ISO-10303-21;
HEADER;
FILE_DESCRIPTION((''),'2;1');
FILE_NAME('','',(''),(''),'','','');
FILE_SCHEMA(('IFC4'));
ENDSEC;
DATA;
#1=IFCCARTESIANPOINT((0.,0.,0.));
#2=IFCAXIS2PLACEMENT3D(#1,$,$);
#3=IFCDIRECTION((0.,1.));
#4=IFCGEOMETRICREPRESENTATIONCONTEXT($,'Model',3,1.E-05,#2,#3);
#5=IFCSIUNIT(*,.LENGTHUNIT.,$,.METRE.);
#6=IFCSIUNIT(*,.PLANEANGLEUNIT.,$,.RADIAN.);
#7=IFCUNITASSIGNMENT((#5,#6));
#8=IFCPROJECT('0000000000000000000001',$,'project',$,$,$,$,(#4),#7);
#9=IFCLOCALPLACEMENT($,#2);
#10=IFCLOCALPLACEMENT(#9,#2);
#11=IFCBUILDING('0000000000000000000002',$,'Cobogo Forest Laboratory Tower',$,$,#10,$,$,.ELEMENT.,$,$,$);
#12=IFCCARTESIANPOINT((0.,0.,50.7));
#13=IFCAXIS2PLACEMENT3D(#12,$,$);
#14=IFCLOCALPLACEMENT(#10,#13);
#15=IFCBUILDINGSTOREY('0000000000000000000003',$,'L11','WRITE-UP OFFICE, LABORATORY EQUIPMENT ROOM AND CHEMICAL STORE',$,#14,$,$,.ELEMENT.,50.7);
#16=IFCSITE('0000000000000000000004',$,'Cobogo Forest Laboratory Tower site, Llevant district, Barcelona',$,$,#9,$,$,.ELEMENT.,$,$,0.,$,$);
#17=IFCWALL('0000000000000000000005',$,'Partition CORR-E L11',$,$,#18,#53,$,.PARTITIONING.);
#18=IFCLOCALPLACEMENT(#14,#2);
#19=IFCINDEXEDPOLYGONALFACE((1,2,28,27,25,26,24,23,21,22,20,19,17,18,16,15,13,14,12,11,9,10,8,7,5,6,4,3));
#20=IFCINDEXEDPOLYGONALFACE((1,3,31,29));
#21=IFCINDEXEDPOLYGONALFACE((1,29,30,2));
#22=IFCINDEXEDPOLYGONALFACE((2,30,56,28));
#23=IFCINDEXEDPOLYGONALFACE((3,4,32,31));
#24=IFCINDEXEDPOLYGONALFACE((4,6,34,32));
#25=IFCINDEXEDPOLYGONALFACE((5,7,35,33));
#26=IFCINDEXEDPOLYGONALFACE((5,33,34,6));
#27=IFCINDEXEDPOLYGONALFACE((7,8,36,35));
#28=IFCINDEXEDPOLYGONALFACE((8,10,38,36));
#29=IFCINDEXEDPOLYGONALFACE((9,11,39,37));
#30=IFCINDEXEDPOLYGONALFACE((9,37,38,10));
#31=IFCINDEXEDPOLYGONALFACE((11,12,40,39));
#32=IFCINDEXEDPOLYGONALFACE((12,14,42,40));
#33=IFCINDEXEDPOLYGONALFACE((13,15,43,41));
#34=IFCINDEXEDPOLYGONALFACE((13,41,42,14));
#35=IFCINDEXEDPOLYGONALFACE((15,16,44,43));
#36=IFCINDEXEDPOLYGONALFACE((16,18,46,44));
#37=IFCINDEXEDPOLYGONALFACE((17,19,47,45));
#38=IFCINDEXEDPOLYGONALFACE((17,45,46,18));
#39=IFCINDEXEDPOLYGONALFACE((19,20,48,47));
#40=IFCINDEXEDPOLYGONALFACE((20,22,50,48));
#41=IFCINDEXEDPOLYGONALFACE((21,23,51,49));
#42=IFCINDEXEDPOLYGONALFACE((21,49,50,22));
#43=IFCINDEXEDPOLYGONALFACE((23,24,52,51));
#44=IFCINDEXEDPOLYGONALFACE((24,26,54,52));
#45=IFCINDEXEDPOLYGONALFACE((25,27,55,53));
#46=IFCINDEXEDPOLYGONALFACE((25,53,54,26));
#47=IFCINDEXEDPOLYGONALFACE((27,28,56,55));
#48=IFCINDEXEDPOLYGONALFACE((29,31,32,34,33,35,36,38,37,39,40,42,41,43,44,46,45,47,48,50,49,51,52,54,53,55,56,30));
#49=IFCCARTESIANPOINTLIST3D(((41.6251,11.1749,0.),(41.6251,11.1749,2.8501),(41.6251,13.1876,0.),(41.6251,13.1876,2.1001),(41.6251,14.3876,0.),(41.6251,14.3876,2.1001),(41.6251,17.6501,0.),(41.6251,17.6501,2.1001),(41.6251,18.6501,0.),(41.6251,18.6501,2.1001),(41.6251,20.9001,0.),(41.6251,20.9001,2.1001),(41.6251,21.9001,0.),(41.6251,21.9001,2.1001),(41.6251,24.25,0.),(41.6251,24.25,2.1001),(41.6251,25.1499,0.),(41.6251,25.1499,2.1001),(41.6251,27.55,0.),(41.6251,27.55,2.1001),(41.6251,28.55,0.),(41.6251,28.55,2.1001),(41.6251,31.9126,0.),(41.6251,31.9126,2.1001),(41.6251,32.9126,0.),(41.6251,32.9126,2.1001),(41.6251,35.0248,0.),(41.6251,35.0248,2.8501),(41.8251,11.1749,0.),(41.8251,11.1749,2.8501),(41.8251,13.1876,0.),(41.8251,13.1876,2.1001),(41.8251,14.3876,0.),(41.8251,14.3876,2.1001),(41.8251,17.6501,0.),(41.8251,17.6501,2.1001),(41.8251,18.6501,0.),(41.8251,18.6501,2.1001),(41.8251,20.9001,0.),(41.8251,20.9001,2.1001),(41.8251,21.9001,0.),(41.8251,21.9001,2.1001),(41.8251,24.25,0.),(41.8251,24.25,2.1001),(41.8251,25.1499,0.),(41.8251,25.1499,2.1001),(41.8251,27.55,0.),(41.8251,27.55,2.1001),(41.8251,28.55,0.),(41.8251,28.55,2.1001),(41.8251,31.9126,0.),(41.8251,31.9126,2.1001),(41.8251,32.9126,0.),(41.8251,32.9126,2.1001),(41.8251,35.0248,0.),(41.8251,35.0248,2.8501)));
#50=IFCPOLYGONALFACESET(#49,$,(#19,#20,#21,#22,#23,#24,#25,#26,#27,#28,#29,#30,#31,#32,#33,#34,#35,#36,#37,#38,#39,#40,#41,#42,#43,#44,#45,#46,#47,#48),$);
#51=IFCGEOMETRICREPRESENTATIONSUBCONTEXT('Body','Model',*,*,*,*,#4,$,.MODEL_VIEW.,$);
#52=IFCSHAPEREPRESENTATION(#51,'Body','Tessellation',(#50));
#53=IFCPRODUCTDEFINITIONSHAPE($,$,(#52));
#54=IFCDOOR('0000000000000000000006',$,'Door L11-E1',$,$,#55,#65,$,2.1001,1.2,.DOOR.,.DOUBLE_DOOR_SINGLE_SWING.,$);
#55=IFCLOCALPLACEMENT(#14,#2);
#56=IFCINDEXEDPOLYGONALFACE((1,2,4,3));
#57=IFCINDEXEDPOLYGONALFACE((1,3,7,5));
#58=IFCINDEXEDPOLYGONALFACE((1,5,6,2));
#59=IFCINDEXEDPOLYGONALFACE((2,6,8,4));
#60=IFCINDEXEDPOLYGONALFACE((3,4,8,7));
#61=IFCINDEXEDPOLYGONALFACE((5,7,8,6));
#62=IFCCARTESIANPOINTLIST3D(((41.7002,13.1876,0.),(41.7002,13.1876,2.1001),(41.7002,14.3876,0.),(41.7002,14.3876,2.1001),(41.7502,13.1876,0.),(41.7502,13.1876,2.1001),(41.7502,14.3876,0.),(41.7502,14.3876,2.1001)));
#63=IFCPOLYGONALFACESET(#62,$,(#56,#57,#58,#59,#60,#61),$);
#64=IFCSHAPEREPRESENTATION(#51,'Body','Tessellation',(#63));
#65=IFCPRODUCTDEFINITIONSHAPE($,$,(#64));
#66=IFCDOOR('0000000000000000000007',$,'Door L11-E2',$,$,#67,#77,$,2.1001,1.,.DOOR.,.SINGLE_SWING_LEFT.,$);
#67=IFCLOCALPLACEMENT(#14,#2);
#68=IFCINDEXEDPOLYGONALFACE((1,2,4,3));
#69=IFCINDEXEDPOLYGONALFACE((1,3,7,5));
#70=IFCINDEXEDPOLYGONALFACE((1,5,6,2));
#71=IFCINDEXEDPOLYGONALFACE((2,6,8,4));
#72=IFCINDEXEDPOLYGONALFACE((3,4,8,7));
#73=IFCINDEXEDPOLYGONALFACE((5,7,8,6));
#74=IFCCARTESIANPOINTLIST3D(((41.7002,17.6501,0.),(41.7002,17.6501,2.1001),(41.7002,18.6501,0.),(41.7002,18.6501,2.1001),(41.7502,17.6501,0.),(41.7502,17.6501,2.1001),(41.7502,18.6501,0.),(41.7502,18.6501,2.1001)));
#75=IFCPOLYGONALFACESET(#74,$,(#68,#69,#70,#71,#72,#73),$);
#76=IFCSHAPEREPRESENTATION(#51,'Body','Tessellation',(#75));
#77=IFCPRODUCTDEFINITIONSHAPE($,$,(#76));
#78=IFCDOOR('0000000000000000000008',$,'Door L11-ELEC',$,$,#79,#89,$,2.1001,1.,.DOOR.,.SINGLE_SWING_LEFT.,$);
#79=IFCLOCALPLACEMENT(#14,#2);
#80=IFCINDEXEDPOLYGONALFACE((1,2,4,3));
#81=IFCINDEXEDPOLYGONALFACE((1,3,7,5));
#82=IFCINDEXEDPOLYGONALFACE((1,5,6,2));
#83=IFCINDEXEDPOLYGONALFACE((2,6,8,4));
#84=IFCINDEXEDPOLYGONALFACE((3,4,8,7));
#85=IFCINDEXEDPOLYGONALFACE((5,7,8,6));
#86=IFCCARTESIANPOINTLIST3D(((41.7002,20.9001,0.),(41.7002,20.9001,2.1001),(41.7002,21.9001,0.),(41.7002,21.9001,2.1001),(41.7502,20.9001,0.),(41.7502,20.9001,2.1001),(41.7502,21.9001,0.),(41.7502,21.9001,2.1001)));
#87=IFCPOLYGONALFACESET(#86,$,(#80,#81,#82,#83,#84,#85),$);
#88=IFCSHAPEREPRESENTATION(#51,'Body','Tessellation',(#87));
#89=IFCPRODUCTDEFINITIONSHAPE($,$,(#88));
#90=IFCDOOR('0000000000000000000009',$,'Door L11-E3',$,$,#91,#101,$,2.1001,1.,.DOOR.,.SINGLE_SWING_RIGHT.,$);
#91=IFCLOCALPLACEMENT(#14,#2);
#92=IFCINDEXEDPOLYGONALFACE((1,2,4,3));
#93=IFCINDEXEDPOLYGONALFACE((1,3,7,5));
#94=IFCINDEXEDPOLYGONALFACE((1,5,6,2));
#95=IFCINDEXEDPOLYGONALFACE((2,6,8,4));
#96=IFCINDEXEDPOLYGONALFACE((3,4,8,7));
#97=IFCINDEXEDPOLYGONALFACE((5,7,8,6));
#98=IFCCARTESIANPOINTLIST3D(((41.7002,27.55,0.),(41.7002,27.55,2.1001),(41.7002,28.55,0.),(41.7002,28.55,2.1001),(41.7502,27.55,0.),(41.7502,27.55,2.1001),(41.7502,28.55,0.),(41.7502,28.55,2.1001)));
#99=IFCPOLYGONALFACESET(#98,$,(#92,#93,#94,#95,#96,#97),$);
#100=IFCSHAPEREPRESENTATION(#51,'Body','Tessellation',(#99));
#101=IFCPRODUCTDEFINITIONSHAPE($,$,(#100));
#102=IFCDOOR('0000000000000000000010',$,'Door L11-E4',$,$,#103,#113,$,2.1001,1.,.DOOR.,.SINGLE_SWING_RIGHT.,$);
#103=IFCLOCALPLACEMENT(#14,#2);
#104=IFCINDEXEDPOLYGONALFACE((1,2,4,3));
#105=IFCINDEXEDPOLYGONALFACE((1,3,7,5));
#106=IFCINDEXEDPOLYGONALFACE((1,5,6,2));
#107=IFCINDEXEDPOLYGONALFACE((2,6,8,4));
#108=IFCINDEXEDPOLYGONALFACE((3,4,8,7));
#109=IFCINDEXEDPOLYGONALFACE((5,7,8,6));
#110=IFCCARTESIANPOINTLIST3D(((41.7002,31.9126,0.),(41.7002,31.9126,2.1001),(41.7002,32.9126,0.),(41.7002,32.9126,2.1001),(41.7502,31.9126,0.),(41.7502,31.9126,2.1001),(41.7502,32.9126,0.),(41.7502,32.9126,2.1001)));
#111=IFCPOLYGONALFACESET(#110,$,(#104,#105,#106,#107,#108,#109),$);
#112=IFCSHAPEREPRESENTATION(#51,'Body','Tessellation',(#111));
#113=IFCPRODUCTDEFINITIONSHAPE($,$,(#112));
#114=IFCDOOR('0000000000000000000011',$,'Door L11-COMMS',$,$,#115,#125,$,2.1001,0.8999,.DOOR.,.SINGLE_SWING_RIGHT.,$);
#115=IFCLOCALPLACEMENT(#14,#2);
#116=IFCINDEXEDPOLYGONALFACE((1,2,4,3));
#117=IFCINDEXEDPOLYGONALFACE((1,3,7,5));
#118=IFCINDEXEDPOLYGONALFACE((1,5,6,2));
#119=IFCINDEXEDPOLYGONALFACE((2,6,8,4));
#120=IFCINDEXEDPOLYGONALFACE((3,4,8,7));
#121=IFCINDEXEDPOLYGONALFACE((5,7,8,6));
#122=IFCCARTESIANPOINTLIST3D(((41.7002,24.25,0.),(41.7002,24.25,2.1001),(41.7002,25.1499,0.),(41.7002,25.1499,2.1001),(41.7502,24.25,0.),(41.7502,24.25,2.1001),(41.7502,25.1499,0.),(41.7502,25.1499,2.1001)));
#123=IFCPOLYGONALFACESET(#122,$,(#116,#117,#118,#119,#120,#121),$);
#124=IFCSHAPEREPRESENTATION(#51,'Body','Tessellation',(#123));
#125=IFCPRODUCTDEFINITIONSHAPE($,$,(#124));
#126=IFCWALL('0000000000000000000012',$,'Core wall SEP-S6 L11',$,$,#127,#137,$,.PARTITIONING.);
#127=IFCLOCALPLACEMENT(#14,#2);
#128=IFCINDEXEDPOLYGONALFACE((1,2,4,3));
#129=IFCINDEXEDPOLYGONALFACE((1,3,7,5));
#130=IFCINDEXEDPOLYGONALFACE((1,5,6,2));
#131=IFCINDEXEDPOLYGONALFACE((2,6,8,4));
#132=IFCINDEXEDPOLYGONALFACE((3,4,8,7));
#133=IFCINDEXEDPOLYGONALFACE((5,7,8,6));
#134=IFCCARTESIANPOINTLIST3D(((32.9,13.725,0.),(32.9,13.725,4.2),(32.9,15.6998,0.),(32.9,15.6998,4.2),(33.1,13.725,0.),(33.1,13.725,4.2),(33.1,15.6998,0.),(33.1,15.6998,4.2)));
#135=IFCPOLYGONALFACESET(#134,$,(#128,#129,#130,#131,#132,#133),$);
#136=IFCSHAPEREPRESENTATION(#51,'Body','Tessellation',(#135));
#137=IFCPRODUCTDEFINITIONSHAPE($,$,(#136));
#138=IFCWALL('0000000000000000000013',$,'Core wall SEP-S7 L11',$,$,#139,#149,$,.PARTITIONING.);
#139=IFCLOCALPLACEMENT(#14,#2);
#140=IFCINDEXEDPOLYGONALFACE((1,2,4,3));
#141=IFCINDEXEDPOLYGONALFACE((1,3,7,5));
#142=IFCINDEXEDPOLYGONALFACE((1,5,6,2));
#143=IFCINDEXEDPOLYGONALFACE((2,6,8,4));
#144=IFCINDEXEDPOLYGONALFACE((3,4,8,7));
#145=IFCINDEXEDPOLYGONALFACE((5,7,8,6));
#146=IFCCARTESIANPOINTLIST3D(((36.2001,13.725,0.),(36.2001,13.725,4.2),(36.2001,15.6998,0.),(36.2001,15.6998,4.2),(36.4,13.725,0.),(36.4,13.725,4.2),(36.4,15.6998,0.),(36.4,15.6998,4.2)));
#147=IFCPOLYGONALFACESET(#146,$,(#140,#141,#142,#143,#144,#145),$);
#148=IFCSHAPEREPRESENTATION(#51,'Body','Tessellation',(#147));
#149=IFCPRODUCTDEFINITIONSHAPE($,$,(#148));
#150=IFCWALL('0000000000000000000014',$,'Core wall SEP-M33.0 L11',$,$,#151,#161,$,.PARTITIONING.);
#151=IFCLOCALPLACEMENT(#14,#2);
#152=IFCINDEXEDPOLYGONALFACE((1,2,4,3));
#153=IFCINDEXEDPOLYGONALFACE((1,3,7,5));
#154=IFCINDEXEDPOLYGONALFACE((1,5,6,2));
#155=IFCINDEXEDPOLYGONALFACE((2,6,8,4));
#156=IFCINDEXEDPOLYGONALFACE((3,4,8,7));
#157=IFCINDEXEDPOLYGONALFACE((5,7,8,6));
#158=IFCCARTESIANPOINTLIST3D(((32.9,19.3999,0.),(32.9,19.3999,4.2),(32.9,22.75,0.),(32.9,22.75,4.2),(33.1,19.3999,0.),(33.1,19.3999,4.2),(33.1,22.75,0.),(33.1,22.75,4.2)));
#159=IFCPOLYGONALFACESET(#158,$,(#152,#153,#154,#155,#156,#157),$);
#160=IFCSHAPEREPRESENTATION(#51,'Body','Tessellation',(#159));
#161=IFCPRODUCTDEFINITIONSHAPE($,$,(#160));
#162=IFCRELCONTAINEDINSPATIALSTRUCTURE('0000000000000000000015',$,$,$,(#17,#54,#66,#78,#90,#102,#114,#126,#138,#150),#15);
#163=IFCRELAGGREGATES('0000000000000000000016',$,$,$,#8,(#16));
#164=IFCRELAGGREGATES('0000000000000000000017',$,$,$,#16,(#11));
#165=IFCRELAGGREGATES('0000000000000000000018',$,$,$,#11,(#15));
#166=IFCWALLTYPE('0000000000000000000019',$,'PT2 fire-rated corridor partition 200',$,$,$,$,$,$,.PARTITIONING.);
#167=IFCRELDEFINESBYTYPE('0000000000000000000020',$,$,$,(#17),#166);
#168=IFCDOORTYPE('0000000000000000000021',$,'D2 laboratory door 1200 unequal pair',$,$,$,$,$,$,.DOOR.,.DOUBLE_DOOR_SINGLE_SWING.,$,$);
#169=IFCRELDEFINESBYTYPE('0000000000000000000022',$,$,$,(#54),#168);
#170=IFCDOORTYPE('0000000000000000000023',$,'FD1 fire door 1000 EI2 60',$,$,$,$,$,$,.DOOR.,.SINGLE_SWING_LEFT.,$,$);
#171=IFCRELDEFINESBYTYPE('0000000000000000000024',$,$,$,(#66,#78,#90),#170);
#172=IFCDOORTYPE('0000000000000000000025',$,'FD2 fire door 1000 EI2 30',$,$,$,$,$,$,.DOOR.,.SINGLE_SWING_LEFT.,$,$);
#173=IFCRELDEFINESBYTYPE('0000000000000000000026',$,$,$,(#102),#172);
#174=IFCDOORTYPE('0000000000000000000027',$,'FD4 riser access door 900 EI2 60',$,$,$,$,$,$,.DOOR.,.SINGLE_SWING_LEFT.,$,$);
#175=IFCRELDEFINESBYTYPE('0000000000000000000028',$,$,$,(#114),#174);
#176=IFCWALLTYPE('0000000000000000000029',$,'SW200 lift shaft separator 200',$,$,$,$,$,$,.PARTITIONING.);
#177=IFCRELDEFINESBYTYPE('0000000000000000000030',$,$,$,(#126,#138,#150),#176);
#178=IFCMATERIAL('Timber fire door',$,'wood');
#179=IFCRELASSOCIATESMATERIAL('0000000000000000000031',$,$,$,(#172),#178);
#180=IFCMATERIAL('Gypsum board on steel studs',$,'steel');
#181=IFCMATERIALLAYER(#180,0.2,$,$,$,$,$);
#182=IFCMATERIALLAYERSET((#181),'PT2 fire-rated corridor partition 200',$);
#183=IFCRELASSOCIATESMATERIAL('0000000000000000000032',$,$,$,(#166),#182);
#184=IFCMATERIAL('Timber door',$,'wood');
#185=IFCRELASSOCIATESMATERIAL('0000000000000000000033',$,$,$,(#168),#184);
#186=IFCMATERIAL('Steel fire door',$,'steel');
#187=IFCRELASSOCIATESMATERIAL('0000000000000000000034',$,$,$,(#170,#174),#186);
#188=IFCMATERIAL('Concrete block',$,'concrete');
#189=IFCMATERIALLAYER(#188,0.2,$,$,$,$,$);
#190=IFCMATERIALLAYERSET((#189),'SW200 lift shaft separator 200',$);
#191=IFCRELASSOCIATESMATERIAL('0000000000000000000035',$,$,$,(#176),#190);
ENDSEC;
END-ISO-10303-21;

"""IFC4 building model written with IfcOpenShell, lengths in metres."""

from ifc_helpers import new_model, si_unit, direction, frame, frame_2d, origin, place, context, subcontext, project, spatial, rectangle, extrude, material, layer, layer_set, type_object, element, fill, save


model = new_model("IFC4")

# Units and contexts
model_context = context("Model", 3, precision=1e-05, world=origin(), true_north=direction((0.0, 1.0)))
body_context = subcontext(model_context, "Body", "Model", "MODEL_VIEW")
ifc_project = project(units=[si_unit("LENGTHUNIT", "METRE"), si_unit("PLANEANGLEUNIT", "RADIAN")], contexts=[model_context])

# Site, building, storey
site_placement = place(None, origin())
site = spatial("IfcSite", under=ifc_project, at=site_placement, Name="Cobogo Forest Laboratory Tower site, Llevant district, Barcelona", CompositionType="ELEMENT", RefElevation=0.0)
building_placement = place(site_placement, origin())
building = spatial("IfcBuilding", under=site, at=building_placement, Name="Cobogo Forest Laboratory Tower", CompositionType="ELEMENT")
storey_placement = place(building_placement, frame((0.0, 0.0, 50.7)))
storey = spatial("IfcBuildingStorey", under=building, at=storey_placement, Name="L11", Description="WRITE-UP OFFICE, LABORATORY EQUIPMENT ROOM AND CHEMICAL STORE", CompositionType="ELEMENT", Elevation=50.7)

# Shared definitions
ifc_material_1 = material(Name="Steel fire door", Category="steel")

# Shared definitions
ifc_material_2 = material(Name="Gypsum board on steel studs", Category="steel")

# Shared definitions
ifc_material_3 = material(Name="Timber fire door", Category="wood")
door_type_1 = type_object("IfcDoorType", Name="FD2 fire door 1000 EI2 30", OperationType="SINGLE_SWING_LEFT", PredefinedType="DOOR", material=ifc_material_3)

# Wall, openings, doors
ifc_layer_1 = layer(ifc_material_2, 0.2)
ifc_layer_set_1 = layer_set([ifc_layer_1], Name="PT2 fire-rated corridor partition 200")
wall_type_1 = type_object("IfcWallType", Name="PT2 fire-rated corridor partition 200", PredefinedType="PARTITIONING", material=ifc_layer_set_1)
wall_1_placement = place(storey_placement, frame((41.7251, 11.175, 0.0), z_axis=(0.0, 0.0, 1.0), x_axis=(0.0, 1.0, 0.0)))
wall_1 = element("IfcWall", 1, at=wall_1_placement, inside=storey, type_object=wall_type_1, Name="Partition CORR-E L11", PredefinedType="PARTITIONING", context=body_context, shape_type="SweptSolid", body=[
    extrude(rectangle(XDim=23.8499, YDim=0.2, at=frame_2d((11.9248, 0.0))), origin(), (0.0, 0.0, 1.0), 2.8501),
])
opening_1_placement = place(wall_1_placement, frame((2.0125, 0.0, 0.0)))
opening_1 = element("IfcOpeningElement", 2, at=opening_1_placement, cuts=wall_1, PredefinedType="OPENING", context=body_context, shape_type="SweptSolid", body=[
    extrude(rectangle(XDim=1.2, YDim=2.1001, at=frame_2d((0.6001, 1.05))), frame((0.0, 0.1099, 0.0), z_axis=(0.0, -1.0, 0.0), x_axis=(1.0, 0.0, 0.0)), (0.0, 0.0, 1.0), 0.22),
])
opening_2_placement = place(wall_1_placement, frame((6.4751, 0.0, 0.0)))
opening_2 = element("IfcOpeningElement", 3, at=opening_2_placement, cuts=wall_1, PredefinedType="OPENING", context=body_context, shape_type="SweptSolid", body=[
    extrude(rectangle(XDim=1.0, YDim=2.1001, at=frame_2d((0.5, 1.05))), frame((0.0, 0.1099, 0.0), z_axis=(0.0, -1.0, 0.0), x_axis=(1.0, 0.0, 0.0)), (0.0, 0.0, 1.0), 0.22),
])
opening_3_placement = place(wall_1_placement, frame((9.7251, 0.0, 0.0)))
opening_3 = element("IfcOpeningElement", 4, at=opening_3_placement, cuts=wall_1, PredefinedType="OPENING", context=body_context, shape_type="SweptSolid", body=[
    extrude(rectangle(XDim=1.0, YDim=2.1001, at=frame_2d((0.5, 1.05))), frame((0.0, 0.1099, 0.0), z_axis=(0.0, -1.0, 0.0), x_axis=(1.0, 0.0, 0.0)), (0.0, 0.0, 1.0), 0.22),
])
opening_4_placement = place(wall_1_placement, frame((13.075, 0.0, 0.0)))
opening_4 = element("IfcOpeningElement", 5, at=opening_4_placement, cuts=wall_1, PredefinedType="OPENING", context=body_context, shape_type="SweptSolid", body=[
    extrude(rectangle(XDim=0.8999, YDim=2.1001, at=frame_2d((0.45, 1.05))), frame((0.0, 0.1099, 0.0), z_axis=(0.0, -1.0, 0.0), x_axis=(1.0, 0.0, 0.0)), (0.0, 0.0, 1.0), 0.22),
])
opening_5_placement = place(wall_1_placement, frame((16.375, 0.0, 0.0)))
opening_5 = element("IfcOpeningElement", 6, at=opening_5_placement, cuts=wall_1, PredefinedType="OPENING", context=body_context, shape_type="SweptSolid", body=[
    extrude(rectangle(XDim=1.0, YDim=2.1001, at=frame_2d((0.5, 1.05))), frame((0.0, 0.1099, 0.0), z_axis=(0.0, -1.0, 0.0), x_axis=(1.0, 0.0, 0.0)), (0.0, 0.0, 1.0), 0.22),
])
opening_6_placement = place(wall_1_placement, frame((20.7375, 0.0, 0.0)))
opening_6 = element("IfcOpeningElement", 7, at=opening_6_placement, cuts=wall_1, PredefinedType="OPENING", context=body_context, shape_type="SweptSolid", body=[
    extrude(rectangle(XDim=1.0, YDim=2.1001, at=frame_2d((0.5, 1.05))), frame((0.0, 0.1099, 0.0), z_axis=(0.0, -1.0, 0.0), x_axis=(1.0, 0.0, 0.0)), (0.0, 0.0, 1.0), 0.22),
])
ifc_material_4 = material(Name="Timber door", Category="wood")
door_type_2 = type_object("IfcDoorType", Name="D2 laboratory door 1200 unequal pair", OperationType="DOUBLE_DOOR_SINGLE_SWING", PredefinedType="DOOR", material=ifc_material_4)
door_1_placement = place(opening_1_placement, origin())
door_1 = element("IfcDoor", 8, at=door_1_placement, inside=storey, type_object=door_type_2, Name="Door L11-E1", OperationType="DOUBLE_DOOR_SINGLE_SWING", OverallHeight=2.1001, OverallWidth=1.2, PredefinedType="DOOR", context=body_context, shape_type="SweptSolid", body=[
    extrude(rectangle(XDim=1.2, YDim=2.1001, at=frame_2d((0.6001, 1.05))), frame((0.0, 0.0249, 0.0), z_axis=(0.0, -1.0, 0.0), x_axis=(1.0, 0.0, 0.0)), (0.0, 0.0, 1.0), 0.05),
])
fill(opening_1, door_1)
door_type_3 = type_object("IfcDoorType", Name="FD1 fire door 1000 EI2 60", OperationType="SINGLE_SWING_LEFT", PredefinedType="DOOR", material=ifc_material_1)
door_2_placement = place(opening_2_placement, origin())
door_2 = element("IfcDoor", 9, at=door_2_placement, inside=storey, type_object=door_type_3, Name="Door L11-E2", OperationType="SINGLE_SWING_LEFT", OverallHeight=2.1001, OverallWidth=1.0, PredefinedType="DOOR", context=body_context, shape_type="SweptSolid", body=[
    extrude(rectangle(XDim=1.0, YDim=2.1001, at=frame_2d((0.5, 1.05))), frame((0.0, 0.0249, 0.0), z_axis=(0.0, -1.0, 0.0), x_axis=(1.0, 0.0, 0.0)), (0.0, 0.0, 1.0), 0.05),
])
fill(opening_2, door_2)
door_3_placement = place(opening_3_placement, origin())
door_3 = element("IfcDoor", 10, at=door_3_placement, inside=storey, type_object=door_type_3, Name="Door L11-ELEC", OperationType="SINGLE_SWING_LEFT", OverallHeight=2.1001, OverallWidth=1.0, PredefinedType="DOOR", context=body_context, shape_type="SweptSolid", body=[
    extrude(rectangle(XDim=1.0, YDim=2.1001, at=frame_2d((0.5, 1.05))), frame((0.0, 0.0249, 0.0), z_axis=(0.0, -1.0, 0.0), x_axis=(1.0, 0.0, 0.0)), (0.0, 0.0, 1.0), 0.05),
])
fill(opening_3, door_3)
door_4_placement = place(opening_5_placement, origin())
door_4 = element("IfcDoor", 11, at=door_4_placement, inside=storey, type_object=door_type_3, Name="Door L11-E3", OperationType="SINGLE_SWING_RIGHT", OverallHeight=2.1001, OverallWidth=1.0, PredefinedType="DOOR", context=body_context, shape_type="SweptSolid", body=[
    extrude(rectangle(XDim=1.0, YDim=2.1001, at=frame_2d((0.5, 1.05))), frame((0.0, 0.0249, 0.0), z_axis=(0.0, -1.0, 0.0), x_axis=(1.0, 0.0, 0.0)), (0.0, 0.0, 1.0), 0.05),
])
fill(opening_5, door_4)
door_5_placement = place(opening_6_placement, origin())
door_5 = element("IfcDoor", 12, at=door_5_placement, inside=storey, type_object=door_type_1, Name="Door L11-E4", OperationType="SINGLE_SWING_RIGHT", OverallHeight=2.1001, OverallWidth=1.0, PredefinedType="DOOR", context=body_context, shape_type="SweptSolid", body=[
    extrude(rectangle(XDim=1.0, YDim=2.1001, at=frame_2d((0.5, 1.05))), frame((0.0, 0.0249, 0.0), z_axis=(0.0, -1.0, 0.0), x_axis=(1.0, 0.0, 0.0)), (0.0, 0.0, 1.0), 0.05),
])
fill(opening_6, door_5)
door_type_4 = type_object("IfcDoorType", Name="FD4 riser access door 900 EI2 60", OperationType="SINGLE_SWING_LEFT", PredefinedType="DOOR", material=ifc_material_1)
door_6_placement = place(opening_4_placement, origin())
door_6 = element("IfcDoor", 13, at=door_6_placement, inside=storey, type_object=door_type_4, Name="Door L11-COMMS", OperationType="SINGLE_SWING_RIGHT", OverallHeight=2.1001, OverallWidth=0.8999, PredefinedType="DOOR", context=body_context, shape_type="SweptSolid", body=[
    extrude(rectangle(XDim=0.8999, YDim=2.1001, at=frame_2d((0.45, 1.05))), frame((0.0, 0.0249, 0.0), z_axis=(0.0, -1.0, 0.0), x_axis=(1.0, 0.0, 0.0)), (0.0, 0.0, 1.0), 0.05),
])
fill(opening_4, door_6)

# Walls
ifc_material_5 = material(Name="Concrete block", Category="concrete")
ifc_layer_2 = layer(ifc_material_5, 0.2)
ifc_layer_set_2 = layer_set([ifc_layer_2], Name="SW200 lift shaft separator 200")
wall_type_2 = type_object("IfcWallType", Name="SW200 lift shaft separator 200", PredefinedType="PARTITIONING", material=ifc_layer_set_2)
for number, where, z_axis, x_axis, name in (
    (14, (33.0, 13.7251, 0.0), (0.0, 0.0, 1.0), (0.0, 1.0, 0.0), "Core wall SEP-S6 L11"),
    (15, (36.3, 13.7251, 0.0), (0.0, 0.0, 1.0), (0.0, 1.0, 0.0), "Core wall SEP-S7 L11"),
):
    element("IfcWall", number, at=place(storey_placement, frame(where, z_axis=z_axis, x_axis=x_axis)), inside=storey, type_object=wall_type_2, Name=name, PredefinedType="PARTITIONING", context=body_context, shape_type="SweptSolid", body=[
        extrude(rectangle(XDim=1.9749, YDim=0.2, at=frame_2d((0.9873, 0.0))), origin(), (0.0, 0.0, 1.0), 4.2),
    ])
wall_2_placement = place(storey_placement, frame((33.0, 19.3999, 0.0), z_axis=(0.0, 0.0, 1.0), x_axis=(0.0, 1.0, 0.0)))
element("IfcWall", 16, at=wall_2_placement, inside=storey, type_object=wall_type_2, Name="Core wall SEP-M33.0 L11", PredefinedType="PARTITIONING", context=body_context, shape_type="SweptSolid", body=[
    extrude(rectangle(XDim=3.3501, YDim=0.2, at=frame_2d((1.675, 0.0))), origin(), (0.0, 0.0, 1.0), 4.2),
])

save(model, "model.ifc")
